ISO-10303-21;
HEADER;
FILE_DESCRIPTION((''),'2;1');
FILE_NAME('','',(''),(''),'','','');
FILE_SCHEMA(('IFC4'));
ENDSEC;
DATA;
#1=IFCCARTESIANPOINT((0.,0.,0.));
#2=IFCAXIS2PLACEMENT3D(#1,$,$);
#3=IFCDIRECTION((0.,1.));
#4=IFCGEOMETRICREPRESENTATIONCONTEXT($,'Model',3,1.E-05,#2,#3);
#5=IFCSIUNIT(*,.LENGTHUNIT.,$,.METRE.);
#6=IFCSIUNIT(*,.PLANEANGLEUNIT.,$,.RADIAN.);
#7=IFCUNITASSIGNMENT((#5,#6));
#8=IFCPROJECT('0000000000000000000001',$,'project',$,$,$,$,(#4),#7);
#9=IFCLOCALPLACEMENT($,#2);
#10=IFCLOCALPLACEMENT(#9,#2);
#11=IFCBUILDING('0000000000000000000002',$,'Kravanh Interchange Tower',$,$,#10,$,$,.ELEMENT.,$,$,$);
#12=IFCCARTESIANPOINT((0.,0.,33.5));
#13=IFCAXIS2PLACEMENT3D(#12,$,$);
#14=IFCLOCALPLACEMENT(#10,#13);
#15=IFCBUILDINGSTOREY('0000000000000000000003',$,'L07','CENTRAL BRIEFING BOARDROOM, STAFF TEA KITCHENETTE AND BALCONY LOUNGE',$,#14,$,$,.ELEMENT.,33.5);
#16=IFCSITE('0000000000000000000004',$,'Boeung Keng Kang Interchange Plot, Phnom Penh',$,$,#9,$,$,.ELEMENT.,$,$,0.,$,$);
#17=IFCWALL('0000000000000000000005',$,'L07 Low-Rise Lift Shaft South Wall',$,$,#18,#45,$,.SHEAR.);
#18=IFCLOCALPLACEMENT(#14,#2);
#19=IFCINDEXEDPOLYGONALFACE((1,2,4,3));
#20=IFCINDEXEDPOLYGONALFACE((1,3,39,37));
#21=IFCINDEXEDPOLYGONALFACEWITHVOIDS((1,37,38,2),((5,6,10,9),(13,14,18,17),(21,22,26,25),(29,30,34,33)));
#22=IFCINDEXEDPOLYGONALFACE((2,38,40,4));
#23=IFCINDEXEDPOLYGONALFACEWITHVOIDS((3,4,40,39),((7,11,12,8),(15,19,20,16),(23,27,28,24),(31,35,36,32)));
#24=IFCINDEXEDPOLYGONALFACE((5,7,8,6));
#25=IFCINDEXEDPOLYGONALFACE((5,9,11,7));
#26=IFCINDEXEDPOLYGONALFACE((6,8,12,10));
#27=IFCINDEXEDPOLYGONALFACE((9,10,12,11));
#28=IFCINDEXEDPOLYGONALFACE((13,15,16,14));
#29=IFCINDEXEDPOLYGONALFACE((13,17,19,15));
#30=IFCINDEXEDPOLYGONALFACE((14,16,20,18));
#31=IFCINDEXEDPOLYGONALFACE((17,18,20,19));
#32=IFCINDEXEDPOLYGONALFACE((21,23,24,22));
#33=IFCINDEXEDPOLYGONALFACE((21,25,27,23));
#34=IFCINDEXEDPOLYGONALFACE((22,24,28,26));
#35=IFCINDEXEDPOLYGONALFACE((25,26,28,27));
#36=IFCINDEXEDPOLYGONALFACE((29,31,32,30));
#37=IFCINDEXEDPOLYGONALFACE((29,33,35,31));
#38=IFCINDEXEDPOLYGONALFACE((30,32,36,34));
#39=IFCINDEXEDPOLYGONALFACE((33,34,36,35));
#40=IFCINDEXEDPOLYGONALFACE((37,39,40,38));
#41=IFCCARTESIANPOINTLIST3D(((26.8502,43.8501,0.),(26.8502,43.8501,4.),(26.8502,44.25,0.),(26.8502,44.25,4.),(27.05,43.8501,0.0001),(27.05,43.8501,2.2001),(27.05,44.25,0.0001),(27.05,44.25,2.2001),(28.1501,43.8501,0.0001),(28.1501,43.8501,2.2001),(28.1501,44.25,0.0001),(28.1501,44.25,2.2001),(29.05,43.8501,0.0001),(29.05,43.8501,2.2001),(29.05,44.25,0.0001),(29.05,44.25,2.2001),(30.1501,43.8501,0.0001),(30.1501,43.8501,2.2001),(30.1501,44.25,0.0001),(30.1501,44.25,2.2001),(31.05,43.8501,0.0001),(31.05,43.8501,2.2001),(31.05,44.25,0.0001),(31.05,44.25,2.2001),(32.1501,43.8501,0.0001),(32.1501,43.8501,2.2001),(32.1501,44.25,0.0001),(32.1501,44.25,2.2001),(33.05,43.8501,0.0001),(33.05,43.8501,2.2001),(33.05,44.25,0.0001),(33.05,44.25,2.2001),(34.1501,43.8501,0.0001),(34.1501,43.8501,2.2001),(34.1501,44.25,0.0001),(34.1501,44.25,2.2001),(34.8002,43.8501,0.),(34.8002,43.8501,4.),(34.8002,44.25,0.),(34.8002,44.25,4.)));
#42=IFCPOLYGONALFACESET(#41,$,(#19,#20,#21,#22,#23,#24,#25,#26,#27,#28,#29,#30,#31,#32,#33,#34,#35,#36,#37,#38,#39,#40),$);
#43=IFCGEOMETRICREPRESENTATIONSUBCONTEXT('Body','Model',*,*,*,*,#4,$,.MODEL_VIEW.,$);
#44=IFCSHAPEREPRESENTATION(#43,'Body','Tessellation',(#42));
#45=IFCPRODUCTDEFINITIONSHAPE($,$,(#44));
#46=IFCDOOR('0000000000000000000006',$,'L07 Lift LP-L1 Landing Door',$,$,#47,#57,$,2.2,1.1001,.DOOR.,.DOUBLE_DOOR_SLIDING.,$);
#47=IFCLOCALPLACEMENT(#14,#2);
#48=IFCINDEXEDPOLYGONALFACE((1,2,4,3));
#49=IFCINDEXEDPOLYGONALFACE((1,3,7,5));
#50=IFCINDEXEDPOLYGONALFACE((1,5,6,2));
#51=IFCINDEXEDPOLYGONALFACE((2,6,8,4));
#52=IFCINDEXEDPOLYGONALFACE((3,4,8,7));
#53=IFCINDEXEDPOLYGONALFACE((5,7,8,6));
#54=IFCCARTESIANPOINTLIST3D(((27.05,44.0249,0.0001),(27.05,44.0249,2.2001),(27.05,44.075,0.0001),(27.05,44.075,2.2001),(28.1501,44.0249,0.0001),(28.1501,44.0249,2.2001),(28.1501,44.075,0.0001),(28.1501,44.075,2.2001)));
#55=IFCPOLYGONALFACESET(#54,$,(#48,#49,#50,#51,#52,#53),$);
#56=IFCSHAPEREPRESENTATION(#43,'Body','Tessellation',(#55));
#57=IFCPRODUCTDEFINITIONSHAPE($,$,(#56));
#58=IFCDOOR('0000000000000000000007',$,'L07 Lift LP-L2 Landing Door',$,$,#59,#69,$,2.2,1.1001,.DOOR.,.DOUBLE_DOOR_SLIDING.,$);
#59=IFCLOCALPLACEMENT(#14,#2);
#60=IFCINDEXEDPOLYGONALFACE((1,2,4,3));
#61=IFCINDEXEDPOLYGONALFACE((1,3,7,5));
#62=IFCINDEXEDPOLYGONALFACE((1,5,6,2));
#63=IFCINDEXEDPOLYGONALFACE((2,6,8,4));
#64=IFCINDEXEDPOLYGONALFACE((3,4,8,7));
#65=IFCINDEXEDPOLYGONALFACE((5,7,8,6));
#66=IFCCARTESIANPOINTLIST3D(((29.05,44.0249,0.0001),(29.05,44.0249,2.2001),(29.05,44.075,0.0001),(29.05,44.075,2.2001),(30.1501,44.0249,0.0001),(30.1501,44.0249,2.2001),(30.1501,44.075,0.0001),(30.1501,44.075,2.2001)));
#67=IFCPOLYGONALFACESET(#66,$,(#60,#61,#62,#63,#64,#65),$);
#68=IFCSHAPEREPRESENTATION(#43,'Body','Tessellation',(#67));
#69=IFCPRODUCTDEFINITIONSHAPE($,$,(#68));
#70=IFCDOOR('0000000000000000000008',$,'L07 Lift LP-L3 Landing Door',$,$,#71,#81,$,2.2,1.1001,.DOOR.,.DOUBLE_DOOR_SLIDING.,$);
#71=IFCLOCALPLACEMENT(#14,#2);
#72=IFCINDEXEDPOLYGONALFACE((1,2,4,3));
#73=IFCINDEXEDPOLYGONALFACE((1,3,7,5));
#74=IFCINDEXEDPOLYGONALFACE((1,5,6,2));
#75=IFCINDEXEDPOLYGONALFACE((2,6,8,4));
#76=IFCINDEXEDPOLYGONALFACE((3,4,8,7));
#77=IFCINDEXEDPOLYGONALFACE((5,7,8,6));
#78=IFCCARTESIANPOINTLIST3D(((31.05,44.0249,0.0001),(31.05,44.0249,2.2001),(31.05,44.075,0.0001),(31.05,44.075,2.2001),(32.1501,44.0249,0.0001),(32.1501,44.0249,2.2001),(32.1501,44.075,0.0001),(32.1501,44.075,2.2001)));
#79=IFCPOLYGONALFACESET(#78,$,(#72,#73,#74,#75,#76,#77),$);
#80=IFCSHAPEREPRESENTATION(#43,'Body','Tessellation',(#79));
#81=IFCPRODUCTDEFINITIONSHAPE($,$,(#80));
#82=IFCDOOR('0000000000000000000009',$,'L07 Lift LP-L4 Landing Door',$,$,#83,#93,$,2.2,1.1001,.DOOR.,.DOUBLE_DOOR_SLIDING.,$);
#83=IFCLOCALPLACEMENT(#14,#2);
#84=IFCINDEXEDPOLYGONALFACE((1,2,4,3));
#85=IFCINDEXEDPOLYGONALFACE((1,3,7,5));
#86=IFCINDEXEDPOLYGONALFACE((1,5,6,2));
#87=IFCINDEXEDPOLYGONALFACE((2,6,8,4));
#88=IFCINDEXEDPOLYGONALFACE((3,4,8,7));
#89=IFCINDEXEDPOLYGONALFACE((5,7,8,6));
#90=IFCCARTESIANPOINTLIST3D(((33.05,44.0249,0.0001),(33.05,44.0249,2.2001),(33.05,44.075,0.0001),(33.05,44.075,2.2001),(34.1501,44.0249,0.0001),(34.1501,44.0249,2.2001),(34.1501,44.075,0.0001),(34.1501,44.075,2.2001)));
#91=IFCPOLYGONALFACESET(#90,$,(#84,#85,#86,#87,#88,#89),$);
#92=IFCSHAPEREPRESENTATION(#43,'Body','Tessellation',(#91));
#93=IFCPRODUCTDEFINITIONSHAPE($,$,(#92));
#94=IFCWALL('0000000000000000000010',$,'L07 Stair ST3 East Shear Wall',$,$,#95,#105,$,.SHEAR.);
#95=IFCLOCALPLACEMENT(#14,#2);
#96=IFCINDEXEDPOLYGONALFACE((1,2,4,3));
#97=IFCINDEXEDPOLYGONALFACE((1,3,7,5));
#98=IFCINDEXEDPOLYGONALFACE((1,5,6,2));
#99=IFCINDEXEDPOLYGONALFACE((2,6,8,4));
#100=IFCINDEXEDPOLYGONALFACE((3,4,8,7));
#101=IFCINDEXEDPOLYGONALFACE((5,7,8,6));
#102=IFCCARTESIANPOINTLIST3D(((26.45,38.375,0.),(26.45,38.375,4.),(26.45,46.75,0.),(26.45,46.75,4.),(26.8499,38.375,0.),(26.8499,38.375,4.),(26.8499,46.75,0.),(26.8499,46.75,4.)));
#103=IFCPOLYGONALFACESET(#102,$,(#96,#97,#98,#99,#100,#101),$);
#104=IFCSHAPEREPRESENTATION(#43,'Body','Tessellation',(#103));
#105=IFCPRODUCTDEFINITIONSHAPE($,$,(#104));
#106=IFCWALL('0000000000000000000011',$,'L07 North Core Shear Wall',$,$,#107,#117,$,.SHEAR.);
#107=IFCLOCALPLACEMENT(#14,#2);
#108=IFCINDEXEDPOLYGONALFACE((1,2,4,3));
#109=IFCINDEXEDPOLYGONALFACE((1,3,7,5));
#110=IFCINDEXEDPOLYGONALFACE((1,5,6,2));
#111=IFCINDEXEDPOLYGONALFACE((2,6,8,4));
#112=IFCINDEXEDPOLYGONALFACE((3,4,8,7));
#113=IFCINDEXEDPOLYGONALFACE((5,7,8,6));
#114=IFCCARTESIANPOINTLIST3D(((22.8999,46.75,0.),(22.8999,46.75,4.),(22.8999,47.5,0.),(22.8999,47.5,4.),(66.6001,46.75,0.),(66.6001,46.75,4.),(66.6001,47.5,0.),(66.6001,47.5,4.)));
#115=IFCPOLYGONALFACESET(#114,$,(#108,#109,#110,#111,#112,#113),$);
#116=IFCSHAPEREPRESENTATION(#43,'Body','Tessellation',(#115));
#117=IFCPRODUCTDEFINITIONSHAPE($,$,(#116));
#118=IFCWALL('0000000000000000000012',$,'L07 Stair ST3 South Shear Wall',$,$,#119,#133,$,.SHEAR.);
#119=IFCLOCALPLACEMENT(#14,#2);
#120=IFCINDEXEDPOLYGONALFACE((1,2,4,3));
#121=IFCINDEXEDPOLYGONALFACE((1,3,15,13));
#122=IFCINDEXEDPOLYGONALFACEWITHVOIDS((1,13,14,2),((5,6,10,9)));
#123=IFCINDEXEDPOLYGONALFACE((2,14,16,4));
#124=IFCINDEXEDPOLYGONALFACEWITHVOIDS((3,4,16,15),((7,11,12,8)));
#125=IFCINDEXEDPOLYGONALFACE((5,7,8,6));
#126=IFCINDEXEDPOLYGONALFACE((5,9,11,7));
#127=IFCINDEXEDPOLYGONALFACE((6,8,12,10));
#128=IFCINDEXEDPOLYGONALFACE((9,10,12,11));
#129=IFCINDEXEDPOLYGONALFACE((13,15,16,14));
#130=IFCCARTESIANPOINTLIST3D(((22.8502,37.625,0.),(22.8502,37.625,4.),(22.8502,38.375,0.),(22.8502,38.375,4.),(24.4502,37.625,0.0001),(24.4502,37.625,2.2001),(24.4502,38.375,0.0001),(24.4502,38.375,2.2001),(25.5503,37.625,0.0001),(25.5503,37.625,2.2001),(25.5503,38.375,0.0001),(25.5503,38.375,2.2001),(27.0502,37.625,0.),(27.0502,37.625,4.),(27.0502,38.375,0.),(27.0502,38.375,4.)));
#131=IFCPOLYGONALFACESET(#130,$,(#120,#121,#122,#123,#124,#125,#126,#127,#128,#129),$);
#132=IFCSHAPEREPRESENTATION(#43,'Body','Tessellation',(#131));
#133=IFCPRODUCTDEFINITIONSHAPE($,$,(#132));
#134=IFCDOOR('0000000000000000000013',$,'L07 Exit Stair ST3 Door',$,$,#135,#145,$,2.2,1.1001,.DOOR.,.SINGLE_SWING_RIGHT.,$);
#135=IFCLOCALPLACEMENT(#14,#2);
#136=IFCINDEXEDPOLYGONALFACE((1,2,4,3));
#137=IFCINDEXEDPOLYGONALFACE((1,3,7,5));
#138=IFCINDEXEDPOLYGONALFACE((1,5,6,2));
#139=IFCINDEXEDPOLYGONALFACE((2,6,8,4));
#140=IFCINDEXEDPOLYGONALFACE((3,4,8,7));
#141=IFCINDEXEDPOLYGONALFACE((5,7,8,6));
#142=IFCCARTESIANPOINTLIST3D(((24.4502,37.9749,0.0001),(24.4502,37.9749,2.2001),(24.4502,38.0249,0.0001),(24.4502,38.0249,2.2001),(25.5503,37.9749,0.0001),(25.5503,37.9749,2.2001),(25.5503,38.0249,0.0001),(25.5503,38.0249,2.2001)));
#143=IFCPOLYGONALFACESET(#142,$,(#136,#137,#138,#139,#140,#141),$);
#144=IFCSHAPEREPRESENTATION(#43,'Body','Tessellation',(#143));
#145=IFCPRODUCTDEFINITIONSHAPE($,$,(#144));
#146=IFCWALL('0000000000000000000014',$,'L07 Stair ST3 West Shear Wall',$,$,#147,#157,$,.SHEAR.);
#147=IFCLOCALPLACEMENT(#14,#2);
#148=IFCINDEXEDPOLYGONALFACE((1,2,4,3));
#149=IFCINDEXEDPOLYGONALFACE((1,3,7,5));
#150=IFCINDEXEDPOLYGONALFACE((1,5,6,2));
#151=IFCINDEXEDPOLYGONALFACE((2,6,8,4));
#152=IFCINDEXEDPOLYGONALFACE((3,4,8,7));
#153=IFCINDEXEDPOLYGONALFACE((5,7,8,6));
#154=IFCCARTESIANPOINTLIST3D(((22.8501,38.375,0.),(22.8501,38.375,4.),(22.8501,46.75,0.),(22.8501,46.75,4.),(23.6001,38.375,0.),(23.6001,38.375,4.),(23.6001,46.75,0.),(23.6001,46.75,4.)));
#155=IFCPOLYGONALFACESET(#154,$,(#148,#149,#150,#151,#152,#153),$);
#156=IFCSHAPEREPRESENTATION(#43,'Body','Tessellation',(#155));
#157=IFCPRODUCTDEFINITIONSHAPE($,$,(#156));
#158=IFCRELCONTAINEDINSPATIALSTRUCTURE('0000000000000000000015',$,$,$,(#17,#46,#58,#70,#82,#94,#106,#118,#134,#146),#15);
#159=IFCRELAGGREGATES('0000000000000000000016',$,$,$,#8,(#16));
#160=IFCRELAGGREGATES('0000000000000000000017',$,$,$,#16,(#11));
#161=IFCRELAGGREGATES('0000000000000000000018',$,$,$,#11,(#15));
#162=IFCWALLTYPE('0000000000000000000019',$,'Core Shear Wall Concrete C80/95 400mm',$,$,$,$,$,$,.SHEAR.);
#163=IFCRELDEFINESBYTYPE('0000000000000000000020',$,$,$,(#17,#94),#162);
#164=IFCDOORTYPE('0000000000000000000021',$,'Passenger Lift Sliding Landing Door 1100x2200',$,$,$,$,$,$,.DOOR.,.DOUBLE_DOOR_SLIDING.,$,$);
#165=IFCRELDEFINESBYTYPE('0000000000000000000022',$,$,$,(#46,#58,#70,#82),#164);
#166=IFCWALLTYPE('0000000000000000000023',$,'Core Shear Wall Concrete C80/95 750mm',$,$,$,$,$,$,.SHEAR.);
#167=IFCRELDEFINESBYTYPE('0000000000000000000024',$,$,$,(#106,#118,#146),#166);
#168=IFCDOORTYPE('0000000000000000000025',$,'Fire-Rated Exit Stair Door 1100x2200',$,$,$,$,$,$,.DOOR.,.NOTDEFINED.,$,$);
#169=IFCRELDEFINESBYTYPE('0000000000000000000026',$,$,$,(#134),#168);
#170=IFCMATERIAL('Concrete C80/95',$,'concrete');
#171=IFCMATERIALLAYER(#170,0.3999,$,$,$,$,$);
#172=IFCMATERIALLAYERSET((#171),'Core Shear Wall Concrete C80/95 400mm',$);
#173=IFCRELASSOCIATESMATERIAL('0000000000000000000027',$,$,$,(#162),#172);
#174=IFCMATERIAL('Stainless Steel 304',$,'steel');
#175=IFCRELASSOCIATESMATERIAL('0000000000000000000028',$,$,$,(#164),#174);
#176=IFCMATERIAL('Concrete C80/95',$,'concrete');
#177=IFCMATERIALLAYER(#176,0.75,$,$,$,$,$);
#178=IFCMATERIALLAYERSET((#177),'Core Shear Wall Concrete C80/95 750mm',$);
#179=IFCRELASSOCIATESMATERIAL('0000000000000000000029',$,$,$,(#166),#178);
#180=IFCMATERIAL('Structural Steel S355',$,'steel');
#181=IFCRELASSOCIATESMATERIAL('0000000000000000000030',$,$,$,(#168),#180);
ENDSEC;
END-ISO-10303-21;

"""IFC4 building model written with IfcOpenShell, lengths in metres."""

from ifc_helpers import new_model, si_unit, direction, frame, frame_2d, origin, place, context, subcontext, project, spatial, rectangle, extrude, material, layer, layer_set, type_object, element, fill, save


model = new_model("IFC4")

# Units and contexts
model_context = context("Model", 3, precision=1e-05, world=origin(), true_north=direction((0.0, 1.0)))
body_context = subcontext(model_context, "Body", "Model", "MODEL_VIEW")
ifc_project = project(units=[si_unit("LENGTHUNIT", "METRE"), si_unit("PLANEANGLEUNIT", "RADIAN")], contexts=[model_context])

# Site, building, storey
site_placement = place(None, origin())
site = spatial("IfcSite", under=ifc_project, at=site_placement, Name="Boeung Keng Kang Interchange Plot, Phnom Penh", CompositionType="ELEMENT", RefElevation=0.0)
building_placement = place(site_placement, origin())
building = spatial("IfcBuilding", under=site, at=building_placement, Name="Kravanh Interchange Tower", CompositionType="ELEMENT")
storey_placement = place(building_placement, frame((0.0, 0.0, 33.5)))
storey = spatial("IfcBuildingStorey", under=building, at=storey_placement, Name="L07", Description="CENTRAL BRIEFING BOARDROOM, STAFF TEA KITCHENETTE AND BALCONY LOUNGE", CompositionType="ELEMENT", Elevation=33.5)

# Wall, openings, doors
ifc_material_1 = material(Name="Concrete C80/95", Category="concrete")
ifc_layer_1 = layer(ifc_material_1, 0.3999)
ifc_layer_set_1 = layer_set([ifc_layer_1], Name="Core Shear Wall Concrete C80/95 400mm")
wall_type_1 = type_object("IfcWallType", Name="Core Shear Wall Concrete C80/95 400mm", PredefinedType="SHEAR", material=ifc_layer_set_1)
wall_1_placement = place(storey_placement, frame((26.8501, 44.05, 0.0), z_axis=(0.0, 0.0, 1.0), x_axis=(1.0, 0.0, 0.0)))
wall_1 = element("IfcWall", 1, at=wall_1_placement, inside=storey, type_object=wall_type_1, Name="L07 Low-Rise Lift Shaft South Wall", PredefinedType="SHEAR", context=body_context, shape_type="SweptSolid", body=[
    extrude(rectangle(XDim=7.95, YDim=0.3999, at=frame_2d((3.9751, 0.0))), origin(), (0.0, 0.0, 1.0), 4.0),
])
opening_1_placement = place(wall_1_placement, frame((0.2, 0.0, 0.0)))
opening_1 = element("IfcOpeningElement", 2, at=opening_1_placement, cuts=wall_1, PredefinedType="OPENING", context=body_context, shape_type="SweptSolid", body=[
    extrude(rectangle(XDim=1.1001, YDim=2.2, at=frame_2d((0.55, 1.1001))), frame((0.0, 0.21, 0.0), z_axis=(0.0, -1.0, 0.0), x_axis=(1.0, 0.0, 0.0)), (0.0, 0.0, 1.0), 0.4199),
])
opening_2_placement = place(wall_1_placement, frame((2.2, 0.0, 0.0)))
opening_2 = element("IfcOpeningElement", 3, at=opening_2_placement, cuts=wall_1, PredefinedType="OPENING", context=body_context, shape_type="SweptSolid", body=[
    extrude(rectangle(XDim=1.1001, YDim=2.2, at=frame_2d((0.55, 1.1001))), frame((0.0, 0.21, 0.0), z_axis=(0.0, -1.0, 0.0), x_axis=(1.0, 0.0, 0.0)), (0.0, 0.0, 1.0), 0.4199),
])
opening_3_placement = place(wall_1_placement, frame((4.2, 0.0, 0.0)))
opening_3 = element("IfcOpeningElement", 4, at=opening_3_placement, cuts=wall_1, PredefinedType="OPENING", context=body_context, shape_type="SweptSolid", body=[
    extrude(rectangle(XDim=1.1001, YDim=2.2, at=frame_2d((0.55, 1.1001))), frame((0.0, 0.21, 0.0), z_axis=(0.0, -1.0, 0.0), x_axis=(1.0, 0.0, 0.0)), (0.0, 0.0, 1.0), 0.4199),
])
opening_4_placement = place(wall_1_placement, frame((6.2, 0.0, 0.0)))
opening_4 = element("IfcOpeningElement", 5, at=opening_4_placement, cuts=wall_1, PredefinedType="OPENING", context=body_context, shape_type="SweptSolid", body=[
    extrude(rectangle(XDim=1.1001, YDim=2.2, at=frame_2d((0.55, 1.1001))), frame((0.0, 0.21, 0.0), z_axis=(0.0, -1.0, 0.0), x_axis=(1.0, 0.0, 0.0)), (0.0, 0.0, 1.0), 0.4199),
])
ifc_material_2 = material(Name="Stainless Steel 304", Category="steel")
door_type_1 = type_object("IfcDoorType", Name="Passenger Lift Sliding Landing Door 1100x2200", OperationType="DOUBLE_DOOR_SLIDING", PredefinedType="DOOR", material=ifc_material_2)
door_1_placement = place(opening_1_placement, origin())
door_1 = element("IfcDoor", 6, at=door_1_placement, inside=storey, type_object=door_type_1, Name="L07 Lift LP-L1 Landing Door", OperationType="DOUBLE_DOOR_SLIDING", OverallHeight=2.2, OverallWidth=1.1001, PredefinedType="DOOR", context=body_context, shape_type="SweptSolid", body=[
    extrude(rectangle(XDim=1.1001, YDim=2.2, at=frame_2d((0.55, 1.1001))), frame((0.0, 0.0249, 0.0), z_axis=(0.0, -1.0, 0.0), x_axis=(1.0, 0.0, 0.0)), (0.0, 0.0, 1.0), 0.05),
])
fill(opening_1, door_1)
door_2_placement = place(opening_2_placement, origin())
door_2 = element("IfcDoor", 7, at=door_2_placement, inside=storey, type_object=door_type_1, Name="L07 Lift LP-L2 Landing Door", OperationType="DOUBLE_DOOR_SLIDING", OverallHeight=2.2, OverallWidth=1.1001, PredefinedType="DOOR", context=body_context, shape_type="SweptSolid", body=[
    extrude(rectangle(XDim=1.1001, YDim=2.2, at=frame_2d((0.55, 1.1001))), frame((0.0, 0.0249, 0.0), z_axis=(0.0, -1.0, 0.0), x_axis=(1.0, 0.0, 0.0)), (0.0, 0.0, 1.0), 0.05),
])
fill(opening_2, door_2)
door_3_placement = place(opening_3_placement, origin())
door_3 = element("IfcDoor", 8, at=door_3_placement, inside=storey, type_object=door_type_1, Name="L07 Lift LP-L3 Landing Door", OperationType="DOUBLE_DOOR_SLIDING", OverallHeight=2.2, OverallWidth=1.1001, PredefinedType="DOOR", context=body_context, shape_type="SweptSolid", body=[
    extrude(rectangle(XDim=1.1001, YDim=2.2, at=frame_2d((0.55, 1.1001))), frame((0.0, 0.0249, 0.0), z_axis=(0.0, -1.0, 0.0), x_axis=(1.0, 0.0, 0.0)), (0.0, 0.0, 1.0), 0.05),
])
fill(opening_3, door_3)
door_4_placement = place(opening_4_placement, origin())
door_4 = element("IfcDoor", 9, at=door_4_placement, inside=storey, type_object=door_type_1, Name="L07 Lift LP-L4 Landing Door", OperationType="DOUBLE_DOOR_SLIDING", OverallHeight=2.2, OverallWidth=1.1001, PredefinedType="DOOR", context=body_context, shape_type="SweptSolid", body=[
    extrude(rectangle(XDim=1.1001, YDim=2.2, at=frame_2d((0.55, 1.1001))), frame((0.0, 0.0249, 0.0), z_axis=(0.0, -1.0, 0.0), x_axis=(1.0, 0.0, 0.0)), (0.0, 0.0, 1.0), 0.05),
])
fill(opening_4, door_4)

# Walls
wall_2_placement = place(storey_placement, frame((26.6499, 38.375, 0.0), z_axis=(0.0, 0.0, 1.0), x_axis=(0.0, 1.0, 0.0)))
element("IfcWall", 10, at=wall_2_placement, inside=storey, type_object=wall_type_1, Name="L07 Stair ST3 East Shear Wall", PredefinedType="SHEAR", context=body_context, shape_type="SweptSolid", body=[
    extrude(rectangle(XDim=8.375, YDim=0.3999, at=frame_2d((4.1875, 0.0))), origin(), (0.0, 0.0, 1.0), 4.0),
])
ifc_material_3 = material(Name="Concrete C80/95", Category="concrete")
ifc_layer_2 = layer(ifc_material_3, 0.75)
ifc_layer_set_2 = layer_set([ifc_layer_2], Name="Core Shear Wall Concrete C80/95 750mm")
wall_type_2 = type_object("IfcWallType", Name="Core Shear Wall Concrete C80/95 750mm", PredefinedType="SHEAR", material=ifc_layer_set_2)
wall_3_placement = place(storey_placement, frame((22.8999, 47.125, 0.0), z_axis=(0.0, 0.0, 1.0), x_axis=(1.0, 0.0, 0.0)))
element("IfcWall", 11, at=wall_3_placement, inside=storey, type_object=wall_type_2, Name="L07 North Core Shear Wall", PredefinedType="SHEAR", context=body_context, shape_type="SweptSolid", body=[
    extrude(rectangle(XDim=43.7002, YDim=0.75, at=frame_2d((21.8501, 0.0))), origin(), (0.0, 0.0, 1.0), 4.0),
])

# Wall, opening, door
wall_4_placement = place(storey_placement, frame((22.8501, 38.0, 0.0), z_axis=(0.0, 0.0, 1.0), x_axis=(1.0, 0.0, 0.0)))
wall_4 = element("IfcWall", 12, at=wall_4_placement, inside=storey, type_object=wall_type_2, Name="L07 Stair ST3 South Shear Wall", PredefinedType="SHEAR", context=body_context, shape_type="SweptSolid", body=[
    extrude(rectangle(XDim=4.2, YDim=0.75, at=frame_2d((2.1001, 0.0))), origin(), (0.0, 0.0, 1.0), 4.0),
])
opening_5_placement = place(wall_4_placement, frame((1.6001, 0.0, 0.0)))
opening_5 = element("IfcOpeningElement", 13, at=opening_5_placement, cuts=wall_4, PredefinedType="OPENING", context=body_context, shape_type="SweptSolid", body=[
    extrude(rectangle(XDim=1.1001, YDim=2.2, at=frame_2d((0.55, 1.1001))), frame((0.0, 0.385, 0.0), z_axis=(0.0, -1.0, 0.0), x_axis=(1.0, 0.0, 0.0)), (0.0, 0.0, 1.0), 0.77),
])
ifc_material_4 = material(Name="Structural Steel S355", Category="steel")
door_type_2 = type_object("IfcDoorType", Name="Fire-Rated Exit Stair Door 1100x2200", OperationType="NOTDEFINED", PredefinedType="DOOR", material=ifc_material_4)
door_5_placement = place(opening_5_placement, origin())
door_5 = element("IfcDoor", 14, at=door_5_placement, inside=storey, type_object=door_type_2, Name="L07 Exit Stair ST3 Door", OperationType="SINGLE_SWING_RIGHT", OverallHeight=2.2, OverallWidth=1.1001, PredefinedType="DOOR", context=body_context, shape_type="SweptSolid", body=[
    extrude(rectangle(XDim=1.1001, YDim=2.2, at=frame_2d((0.55, 1.1001))), frame((0.0, 0.0249, 0.0), z_axis=(0.0, -1.0, 0.0), x_axis=(1.0, 0.0, 0.0)), (0.0, 0.0, 1.0), 0.05),
])
fill(opening_5, door_5)

# Wall
wall_5_placement = place(storey_placement, frame((23.2251, 38.375, 0.0), z_axis=(0.0, 0.0, 1.0), x_axis=(0.0, 1.0, 0.0)))
element("IfcWall", 15, at=wall_5_placement, inside=storey, type_object=wall_type_2, Name="L07 Stair ST3 West Shear Wall", PredefinedType="SHEAR", context=body_context, shape_type="SweptSolid", body=[
    extrude(rectangle(XDim=8.375, YDim=0.75, at=frame_2d((4.1875, 0.0))), origin(), (0.0, 0.0, 1.0), 4.0),
])

save(model, "model.ifc")
